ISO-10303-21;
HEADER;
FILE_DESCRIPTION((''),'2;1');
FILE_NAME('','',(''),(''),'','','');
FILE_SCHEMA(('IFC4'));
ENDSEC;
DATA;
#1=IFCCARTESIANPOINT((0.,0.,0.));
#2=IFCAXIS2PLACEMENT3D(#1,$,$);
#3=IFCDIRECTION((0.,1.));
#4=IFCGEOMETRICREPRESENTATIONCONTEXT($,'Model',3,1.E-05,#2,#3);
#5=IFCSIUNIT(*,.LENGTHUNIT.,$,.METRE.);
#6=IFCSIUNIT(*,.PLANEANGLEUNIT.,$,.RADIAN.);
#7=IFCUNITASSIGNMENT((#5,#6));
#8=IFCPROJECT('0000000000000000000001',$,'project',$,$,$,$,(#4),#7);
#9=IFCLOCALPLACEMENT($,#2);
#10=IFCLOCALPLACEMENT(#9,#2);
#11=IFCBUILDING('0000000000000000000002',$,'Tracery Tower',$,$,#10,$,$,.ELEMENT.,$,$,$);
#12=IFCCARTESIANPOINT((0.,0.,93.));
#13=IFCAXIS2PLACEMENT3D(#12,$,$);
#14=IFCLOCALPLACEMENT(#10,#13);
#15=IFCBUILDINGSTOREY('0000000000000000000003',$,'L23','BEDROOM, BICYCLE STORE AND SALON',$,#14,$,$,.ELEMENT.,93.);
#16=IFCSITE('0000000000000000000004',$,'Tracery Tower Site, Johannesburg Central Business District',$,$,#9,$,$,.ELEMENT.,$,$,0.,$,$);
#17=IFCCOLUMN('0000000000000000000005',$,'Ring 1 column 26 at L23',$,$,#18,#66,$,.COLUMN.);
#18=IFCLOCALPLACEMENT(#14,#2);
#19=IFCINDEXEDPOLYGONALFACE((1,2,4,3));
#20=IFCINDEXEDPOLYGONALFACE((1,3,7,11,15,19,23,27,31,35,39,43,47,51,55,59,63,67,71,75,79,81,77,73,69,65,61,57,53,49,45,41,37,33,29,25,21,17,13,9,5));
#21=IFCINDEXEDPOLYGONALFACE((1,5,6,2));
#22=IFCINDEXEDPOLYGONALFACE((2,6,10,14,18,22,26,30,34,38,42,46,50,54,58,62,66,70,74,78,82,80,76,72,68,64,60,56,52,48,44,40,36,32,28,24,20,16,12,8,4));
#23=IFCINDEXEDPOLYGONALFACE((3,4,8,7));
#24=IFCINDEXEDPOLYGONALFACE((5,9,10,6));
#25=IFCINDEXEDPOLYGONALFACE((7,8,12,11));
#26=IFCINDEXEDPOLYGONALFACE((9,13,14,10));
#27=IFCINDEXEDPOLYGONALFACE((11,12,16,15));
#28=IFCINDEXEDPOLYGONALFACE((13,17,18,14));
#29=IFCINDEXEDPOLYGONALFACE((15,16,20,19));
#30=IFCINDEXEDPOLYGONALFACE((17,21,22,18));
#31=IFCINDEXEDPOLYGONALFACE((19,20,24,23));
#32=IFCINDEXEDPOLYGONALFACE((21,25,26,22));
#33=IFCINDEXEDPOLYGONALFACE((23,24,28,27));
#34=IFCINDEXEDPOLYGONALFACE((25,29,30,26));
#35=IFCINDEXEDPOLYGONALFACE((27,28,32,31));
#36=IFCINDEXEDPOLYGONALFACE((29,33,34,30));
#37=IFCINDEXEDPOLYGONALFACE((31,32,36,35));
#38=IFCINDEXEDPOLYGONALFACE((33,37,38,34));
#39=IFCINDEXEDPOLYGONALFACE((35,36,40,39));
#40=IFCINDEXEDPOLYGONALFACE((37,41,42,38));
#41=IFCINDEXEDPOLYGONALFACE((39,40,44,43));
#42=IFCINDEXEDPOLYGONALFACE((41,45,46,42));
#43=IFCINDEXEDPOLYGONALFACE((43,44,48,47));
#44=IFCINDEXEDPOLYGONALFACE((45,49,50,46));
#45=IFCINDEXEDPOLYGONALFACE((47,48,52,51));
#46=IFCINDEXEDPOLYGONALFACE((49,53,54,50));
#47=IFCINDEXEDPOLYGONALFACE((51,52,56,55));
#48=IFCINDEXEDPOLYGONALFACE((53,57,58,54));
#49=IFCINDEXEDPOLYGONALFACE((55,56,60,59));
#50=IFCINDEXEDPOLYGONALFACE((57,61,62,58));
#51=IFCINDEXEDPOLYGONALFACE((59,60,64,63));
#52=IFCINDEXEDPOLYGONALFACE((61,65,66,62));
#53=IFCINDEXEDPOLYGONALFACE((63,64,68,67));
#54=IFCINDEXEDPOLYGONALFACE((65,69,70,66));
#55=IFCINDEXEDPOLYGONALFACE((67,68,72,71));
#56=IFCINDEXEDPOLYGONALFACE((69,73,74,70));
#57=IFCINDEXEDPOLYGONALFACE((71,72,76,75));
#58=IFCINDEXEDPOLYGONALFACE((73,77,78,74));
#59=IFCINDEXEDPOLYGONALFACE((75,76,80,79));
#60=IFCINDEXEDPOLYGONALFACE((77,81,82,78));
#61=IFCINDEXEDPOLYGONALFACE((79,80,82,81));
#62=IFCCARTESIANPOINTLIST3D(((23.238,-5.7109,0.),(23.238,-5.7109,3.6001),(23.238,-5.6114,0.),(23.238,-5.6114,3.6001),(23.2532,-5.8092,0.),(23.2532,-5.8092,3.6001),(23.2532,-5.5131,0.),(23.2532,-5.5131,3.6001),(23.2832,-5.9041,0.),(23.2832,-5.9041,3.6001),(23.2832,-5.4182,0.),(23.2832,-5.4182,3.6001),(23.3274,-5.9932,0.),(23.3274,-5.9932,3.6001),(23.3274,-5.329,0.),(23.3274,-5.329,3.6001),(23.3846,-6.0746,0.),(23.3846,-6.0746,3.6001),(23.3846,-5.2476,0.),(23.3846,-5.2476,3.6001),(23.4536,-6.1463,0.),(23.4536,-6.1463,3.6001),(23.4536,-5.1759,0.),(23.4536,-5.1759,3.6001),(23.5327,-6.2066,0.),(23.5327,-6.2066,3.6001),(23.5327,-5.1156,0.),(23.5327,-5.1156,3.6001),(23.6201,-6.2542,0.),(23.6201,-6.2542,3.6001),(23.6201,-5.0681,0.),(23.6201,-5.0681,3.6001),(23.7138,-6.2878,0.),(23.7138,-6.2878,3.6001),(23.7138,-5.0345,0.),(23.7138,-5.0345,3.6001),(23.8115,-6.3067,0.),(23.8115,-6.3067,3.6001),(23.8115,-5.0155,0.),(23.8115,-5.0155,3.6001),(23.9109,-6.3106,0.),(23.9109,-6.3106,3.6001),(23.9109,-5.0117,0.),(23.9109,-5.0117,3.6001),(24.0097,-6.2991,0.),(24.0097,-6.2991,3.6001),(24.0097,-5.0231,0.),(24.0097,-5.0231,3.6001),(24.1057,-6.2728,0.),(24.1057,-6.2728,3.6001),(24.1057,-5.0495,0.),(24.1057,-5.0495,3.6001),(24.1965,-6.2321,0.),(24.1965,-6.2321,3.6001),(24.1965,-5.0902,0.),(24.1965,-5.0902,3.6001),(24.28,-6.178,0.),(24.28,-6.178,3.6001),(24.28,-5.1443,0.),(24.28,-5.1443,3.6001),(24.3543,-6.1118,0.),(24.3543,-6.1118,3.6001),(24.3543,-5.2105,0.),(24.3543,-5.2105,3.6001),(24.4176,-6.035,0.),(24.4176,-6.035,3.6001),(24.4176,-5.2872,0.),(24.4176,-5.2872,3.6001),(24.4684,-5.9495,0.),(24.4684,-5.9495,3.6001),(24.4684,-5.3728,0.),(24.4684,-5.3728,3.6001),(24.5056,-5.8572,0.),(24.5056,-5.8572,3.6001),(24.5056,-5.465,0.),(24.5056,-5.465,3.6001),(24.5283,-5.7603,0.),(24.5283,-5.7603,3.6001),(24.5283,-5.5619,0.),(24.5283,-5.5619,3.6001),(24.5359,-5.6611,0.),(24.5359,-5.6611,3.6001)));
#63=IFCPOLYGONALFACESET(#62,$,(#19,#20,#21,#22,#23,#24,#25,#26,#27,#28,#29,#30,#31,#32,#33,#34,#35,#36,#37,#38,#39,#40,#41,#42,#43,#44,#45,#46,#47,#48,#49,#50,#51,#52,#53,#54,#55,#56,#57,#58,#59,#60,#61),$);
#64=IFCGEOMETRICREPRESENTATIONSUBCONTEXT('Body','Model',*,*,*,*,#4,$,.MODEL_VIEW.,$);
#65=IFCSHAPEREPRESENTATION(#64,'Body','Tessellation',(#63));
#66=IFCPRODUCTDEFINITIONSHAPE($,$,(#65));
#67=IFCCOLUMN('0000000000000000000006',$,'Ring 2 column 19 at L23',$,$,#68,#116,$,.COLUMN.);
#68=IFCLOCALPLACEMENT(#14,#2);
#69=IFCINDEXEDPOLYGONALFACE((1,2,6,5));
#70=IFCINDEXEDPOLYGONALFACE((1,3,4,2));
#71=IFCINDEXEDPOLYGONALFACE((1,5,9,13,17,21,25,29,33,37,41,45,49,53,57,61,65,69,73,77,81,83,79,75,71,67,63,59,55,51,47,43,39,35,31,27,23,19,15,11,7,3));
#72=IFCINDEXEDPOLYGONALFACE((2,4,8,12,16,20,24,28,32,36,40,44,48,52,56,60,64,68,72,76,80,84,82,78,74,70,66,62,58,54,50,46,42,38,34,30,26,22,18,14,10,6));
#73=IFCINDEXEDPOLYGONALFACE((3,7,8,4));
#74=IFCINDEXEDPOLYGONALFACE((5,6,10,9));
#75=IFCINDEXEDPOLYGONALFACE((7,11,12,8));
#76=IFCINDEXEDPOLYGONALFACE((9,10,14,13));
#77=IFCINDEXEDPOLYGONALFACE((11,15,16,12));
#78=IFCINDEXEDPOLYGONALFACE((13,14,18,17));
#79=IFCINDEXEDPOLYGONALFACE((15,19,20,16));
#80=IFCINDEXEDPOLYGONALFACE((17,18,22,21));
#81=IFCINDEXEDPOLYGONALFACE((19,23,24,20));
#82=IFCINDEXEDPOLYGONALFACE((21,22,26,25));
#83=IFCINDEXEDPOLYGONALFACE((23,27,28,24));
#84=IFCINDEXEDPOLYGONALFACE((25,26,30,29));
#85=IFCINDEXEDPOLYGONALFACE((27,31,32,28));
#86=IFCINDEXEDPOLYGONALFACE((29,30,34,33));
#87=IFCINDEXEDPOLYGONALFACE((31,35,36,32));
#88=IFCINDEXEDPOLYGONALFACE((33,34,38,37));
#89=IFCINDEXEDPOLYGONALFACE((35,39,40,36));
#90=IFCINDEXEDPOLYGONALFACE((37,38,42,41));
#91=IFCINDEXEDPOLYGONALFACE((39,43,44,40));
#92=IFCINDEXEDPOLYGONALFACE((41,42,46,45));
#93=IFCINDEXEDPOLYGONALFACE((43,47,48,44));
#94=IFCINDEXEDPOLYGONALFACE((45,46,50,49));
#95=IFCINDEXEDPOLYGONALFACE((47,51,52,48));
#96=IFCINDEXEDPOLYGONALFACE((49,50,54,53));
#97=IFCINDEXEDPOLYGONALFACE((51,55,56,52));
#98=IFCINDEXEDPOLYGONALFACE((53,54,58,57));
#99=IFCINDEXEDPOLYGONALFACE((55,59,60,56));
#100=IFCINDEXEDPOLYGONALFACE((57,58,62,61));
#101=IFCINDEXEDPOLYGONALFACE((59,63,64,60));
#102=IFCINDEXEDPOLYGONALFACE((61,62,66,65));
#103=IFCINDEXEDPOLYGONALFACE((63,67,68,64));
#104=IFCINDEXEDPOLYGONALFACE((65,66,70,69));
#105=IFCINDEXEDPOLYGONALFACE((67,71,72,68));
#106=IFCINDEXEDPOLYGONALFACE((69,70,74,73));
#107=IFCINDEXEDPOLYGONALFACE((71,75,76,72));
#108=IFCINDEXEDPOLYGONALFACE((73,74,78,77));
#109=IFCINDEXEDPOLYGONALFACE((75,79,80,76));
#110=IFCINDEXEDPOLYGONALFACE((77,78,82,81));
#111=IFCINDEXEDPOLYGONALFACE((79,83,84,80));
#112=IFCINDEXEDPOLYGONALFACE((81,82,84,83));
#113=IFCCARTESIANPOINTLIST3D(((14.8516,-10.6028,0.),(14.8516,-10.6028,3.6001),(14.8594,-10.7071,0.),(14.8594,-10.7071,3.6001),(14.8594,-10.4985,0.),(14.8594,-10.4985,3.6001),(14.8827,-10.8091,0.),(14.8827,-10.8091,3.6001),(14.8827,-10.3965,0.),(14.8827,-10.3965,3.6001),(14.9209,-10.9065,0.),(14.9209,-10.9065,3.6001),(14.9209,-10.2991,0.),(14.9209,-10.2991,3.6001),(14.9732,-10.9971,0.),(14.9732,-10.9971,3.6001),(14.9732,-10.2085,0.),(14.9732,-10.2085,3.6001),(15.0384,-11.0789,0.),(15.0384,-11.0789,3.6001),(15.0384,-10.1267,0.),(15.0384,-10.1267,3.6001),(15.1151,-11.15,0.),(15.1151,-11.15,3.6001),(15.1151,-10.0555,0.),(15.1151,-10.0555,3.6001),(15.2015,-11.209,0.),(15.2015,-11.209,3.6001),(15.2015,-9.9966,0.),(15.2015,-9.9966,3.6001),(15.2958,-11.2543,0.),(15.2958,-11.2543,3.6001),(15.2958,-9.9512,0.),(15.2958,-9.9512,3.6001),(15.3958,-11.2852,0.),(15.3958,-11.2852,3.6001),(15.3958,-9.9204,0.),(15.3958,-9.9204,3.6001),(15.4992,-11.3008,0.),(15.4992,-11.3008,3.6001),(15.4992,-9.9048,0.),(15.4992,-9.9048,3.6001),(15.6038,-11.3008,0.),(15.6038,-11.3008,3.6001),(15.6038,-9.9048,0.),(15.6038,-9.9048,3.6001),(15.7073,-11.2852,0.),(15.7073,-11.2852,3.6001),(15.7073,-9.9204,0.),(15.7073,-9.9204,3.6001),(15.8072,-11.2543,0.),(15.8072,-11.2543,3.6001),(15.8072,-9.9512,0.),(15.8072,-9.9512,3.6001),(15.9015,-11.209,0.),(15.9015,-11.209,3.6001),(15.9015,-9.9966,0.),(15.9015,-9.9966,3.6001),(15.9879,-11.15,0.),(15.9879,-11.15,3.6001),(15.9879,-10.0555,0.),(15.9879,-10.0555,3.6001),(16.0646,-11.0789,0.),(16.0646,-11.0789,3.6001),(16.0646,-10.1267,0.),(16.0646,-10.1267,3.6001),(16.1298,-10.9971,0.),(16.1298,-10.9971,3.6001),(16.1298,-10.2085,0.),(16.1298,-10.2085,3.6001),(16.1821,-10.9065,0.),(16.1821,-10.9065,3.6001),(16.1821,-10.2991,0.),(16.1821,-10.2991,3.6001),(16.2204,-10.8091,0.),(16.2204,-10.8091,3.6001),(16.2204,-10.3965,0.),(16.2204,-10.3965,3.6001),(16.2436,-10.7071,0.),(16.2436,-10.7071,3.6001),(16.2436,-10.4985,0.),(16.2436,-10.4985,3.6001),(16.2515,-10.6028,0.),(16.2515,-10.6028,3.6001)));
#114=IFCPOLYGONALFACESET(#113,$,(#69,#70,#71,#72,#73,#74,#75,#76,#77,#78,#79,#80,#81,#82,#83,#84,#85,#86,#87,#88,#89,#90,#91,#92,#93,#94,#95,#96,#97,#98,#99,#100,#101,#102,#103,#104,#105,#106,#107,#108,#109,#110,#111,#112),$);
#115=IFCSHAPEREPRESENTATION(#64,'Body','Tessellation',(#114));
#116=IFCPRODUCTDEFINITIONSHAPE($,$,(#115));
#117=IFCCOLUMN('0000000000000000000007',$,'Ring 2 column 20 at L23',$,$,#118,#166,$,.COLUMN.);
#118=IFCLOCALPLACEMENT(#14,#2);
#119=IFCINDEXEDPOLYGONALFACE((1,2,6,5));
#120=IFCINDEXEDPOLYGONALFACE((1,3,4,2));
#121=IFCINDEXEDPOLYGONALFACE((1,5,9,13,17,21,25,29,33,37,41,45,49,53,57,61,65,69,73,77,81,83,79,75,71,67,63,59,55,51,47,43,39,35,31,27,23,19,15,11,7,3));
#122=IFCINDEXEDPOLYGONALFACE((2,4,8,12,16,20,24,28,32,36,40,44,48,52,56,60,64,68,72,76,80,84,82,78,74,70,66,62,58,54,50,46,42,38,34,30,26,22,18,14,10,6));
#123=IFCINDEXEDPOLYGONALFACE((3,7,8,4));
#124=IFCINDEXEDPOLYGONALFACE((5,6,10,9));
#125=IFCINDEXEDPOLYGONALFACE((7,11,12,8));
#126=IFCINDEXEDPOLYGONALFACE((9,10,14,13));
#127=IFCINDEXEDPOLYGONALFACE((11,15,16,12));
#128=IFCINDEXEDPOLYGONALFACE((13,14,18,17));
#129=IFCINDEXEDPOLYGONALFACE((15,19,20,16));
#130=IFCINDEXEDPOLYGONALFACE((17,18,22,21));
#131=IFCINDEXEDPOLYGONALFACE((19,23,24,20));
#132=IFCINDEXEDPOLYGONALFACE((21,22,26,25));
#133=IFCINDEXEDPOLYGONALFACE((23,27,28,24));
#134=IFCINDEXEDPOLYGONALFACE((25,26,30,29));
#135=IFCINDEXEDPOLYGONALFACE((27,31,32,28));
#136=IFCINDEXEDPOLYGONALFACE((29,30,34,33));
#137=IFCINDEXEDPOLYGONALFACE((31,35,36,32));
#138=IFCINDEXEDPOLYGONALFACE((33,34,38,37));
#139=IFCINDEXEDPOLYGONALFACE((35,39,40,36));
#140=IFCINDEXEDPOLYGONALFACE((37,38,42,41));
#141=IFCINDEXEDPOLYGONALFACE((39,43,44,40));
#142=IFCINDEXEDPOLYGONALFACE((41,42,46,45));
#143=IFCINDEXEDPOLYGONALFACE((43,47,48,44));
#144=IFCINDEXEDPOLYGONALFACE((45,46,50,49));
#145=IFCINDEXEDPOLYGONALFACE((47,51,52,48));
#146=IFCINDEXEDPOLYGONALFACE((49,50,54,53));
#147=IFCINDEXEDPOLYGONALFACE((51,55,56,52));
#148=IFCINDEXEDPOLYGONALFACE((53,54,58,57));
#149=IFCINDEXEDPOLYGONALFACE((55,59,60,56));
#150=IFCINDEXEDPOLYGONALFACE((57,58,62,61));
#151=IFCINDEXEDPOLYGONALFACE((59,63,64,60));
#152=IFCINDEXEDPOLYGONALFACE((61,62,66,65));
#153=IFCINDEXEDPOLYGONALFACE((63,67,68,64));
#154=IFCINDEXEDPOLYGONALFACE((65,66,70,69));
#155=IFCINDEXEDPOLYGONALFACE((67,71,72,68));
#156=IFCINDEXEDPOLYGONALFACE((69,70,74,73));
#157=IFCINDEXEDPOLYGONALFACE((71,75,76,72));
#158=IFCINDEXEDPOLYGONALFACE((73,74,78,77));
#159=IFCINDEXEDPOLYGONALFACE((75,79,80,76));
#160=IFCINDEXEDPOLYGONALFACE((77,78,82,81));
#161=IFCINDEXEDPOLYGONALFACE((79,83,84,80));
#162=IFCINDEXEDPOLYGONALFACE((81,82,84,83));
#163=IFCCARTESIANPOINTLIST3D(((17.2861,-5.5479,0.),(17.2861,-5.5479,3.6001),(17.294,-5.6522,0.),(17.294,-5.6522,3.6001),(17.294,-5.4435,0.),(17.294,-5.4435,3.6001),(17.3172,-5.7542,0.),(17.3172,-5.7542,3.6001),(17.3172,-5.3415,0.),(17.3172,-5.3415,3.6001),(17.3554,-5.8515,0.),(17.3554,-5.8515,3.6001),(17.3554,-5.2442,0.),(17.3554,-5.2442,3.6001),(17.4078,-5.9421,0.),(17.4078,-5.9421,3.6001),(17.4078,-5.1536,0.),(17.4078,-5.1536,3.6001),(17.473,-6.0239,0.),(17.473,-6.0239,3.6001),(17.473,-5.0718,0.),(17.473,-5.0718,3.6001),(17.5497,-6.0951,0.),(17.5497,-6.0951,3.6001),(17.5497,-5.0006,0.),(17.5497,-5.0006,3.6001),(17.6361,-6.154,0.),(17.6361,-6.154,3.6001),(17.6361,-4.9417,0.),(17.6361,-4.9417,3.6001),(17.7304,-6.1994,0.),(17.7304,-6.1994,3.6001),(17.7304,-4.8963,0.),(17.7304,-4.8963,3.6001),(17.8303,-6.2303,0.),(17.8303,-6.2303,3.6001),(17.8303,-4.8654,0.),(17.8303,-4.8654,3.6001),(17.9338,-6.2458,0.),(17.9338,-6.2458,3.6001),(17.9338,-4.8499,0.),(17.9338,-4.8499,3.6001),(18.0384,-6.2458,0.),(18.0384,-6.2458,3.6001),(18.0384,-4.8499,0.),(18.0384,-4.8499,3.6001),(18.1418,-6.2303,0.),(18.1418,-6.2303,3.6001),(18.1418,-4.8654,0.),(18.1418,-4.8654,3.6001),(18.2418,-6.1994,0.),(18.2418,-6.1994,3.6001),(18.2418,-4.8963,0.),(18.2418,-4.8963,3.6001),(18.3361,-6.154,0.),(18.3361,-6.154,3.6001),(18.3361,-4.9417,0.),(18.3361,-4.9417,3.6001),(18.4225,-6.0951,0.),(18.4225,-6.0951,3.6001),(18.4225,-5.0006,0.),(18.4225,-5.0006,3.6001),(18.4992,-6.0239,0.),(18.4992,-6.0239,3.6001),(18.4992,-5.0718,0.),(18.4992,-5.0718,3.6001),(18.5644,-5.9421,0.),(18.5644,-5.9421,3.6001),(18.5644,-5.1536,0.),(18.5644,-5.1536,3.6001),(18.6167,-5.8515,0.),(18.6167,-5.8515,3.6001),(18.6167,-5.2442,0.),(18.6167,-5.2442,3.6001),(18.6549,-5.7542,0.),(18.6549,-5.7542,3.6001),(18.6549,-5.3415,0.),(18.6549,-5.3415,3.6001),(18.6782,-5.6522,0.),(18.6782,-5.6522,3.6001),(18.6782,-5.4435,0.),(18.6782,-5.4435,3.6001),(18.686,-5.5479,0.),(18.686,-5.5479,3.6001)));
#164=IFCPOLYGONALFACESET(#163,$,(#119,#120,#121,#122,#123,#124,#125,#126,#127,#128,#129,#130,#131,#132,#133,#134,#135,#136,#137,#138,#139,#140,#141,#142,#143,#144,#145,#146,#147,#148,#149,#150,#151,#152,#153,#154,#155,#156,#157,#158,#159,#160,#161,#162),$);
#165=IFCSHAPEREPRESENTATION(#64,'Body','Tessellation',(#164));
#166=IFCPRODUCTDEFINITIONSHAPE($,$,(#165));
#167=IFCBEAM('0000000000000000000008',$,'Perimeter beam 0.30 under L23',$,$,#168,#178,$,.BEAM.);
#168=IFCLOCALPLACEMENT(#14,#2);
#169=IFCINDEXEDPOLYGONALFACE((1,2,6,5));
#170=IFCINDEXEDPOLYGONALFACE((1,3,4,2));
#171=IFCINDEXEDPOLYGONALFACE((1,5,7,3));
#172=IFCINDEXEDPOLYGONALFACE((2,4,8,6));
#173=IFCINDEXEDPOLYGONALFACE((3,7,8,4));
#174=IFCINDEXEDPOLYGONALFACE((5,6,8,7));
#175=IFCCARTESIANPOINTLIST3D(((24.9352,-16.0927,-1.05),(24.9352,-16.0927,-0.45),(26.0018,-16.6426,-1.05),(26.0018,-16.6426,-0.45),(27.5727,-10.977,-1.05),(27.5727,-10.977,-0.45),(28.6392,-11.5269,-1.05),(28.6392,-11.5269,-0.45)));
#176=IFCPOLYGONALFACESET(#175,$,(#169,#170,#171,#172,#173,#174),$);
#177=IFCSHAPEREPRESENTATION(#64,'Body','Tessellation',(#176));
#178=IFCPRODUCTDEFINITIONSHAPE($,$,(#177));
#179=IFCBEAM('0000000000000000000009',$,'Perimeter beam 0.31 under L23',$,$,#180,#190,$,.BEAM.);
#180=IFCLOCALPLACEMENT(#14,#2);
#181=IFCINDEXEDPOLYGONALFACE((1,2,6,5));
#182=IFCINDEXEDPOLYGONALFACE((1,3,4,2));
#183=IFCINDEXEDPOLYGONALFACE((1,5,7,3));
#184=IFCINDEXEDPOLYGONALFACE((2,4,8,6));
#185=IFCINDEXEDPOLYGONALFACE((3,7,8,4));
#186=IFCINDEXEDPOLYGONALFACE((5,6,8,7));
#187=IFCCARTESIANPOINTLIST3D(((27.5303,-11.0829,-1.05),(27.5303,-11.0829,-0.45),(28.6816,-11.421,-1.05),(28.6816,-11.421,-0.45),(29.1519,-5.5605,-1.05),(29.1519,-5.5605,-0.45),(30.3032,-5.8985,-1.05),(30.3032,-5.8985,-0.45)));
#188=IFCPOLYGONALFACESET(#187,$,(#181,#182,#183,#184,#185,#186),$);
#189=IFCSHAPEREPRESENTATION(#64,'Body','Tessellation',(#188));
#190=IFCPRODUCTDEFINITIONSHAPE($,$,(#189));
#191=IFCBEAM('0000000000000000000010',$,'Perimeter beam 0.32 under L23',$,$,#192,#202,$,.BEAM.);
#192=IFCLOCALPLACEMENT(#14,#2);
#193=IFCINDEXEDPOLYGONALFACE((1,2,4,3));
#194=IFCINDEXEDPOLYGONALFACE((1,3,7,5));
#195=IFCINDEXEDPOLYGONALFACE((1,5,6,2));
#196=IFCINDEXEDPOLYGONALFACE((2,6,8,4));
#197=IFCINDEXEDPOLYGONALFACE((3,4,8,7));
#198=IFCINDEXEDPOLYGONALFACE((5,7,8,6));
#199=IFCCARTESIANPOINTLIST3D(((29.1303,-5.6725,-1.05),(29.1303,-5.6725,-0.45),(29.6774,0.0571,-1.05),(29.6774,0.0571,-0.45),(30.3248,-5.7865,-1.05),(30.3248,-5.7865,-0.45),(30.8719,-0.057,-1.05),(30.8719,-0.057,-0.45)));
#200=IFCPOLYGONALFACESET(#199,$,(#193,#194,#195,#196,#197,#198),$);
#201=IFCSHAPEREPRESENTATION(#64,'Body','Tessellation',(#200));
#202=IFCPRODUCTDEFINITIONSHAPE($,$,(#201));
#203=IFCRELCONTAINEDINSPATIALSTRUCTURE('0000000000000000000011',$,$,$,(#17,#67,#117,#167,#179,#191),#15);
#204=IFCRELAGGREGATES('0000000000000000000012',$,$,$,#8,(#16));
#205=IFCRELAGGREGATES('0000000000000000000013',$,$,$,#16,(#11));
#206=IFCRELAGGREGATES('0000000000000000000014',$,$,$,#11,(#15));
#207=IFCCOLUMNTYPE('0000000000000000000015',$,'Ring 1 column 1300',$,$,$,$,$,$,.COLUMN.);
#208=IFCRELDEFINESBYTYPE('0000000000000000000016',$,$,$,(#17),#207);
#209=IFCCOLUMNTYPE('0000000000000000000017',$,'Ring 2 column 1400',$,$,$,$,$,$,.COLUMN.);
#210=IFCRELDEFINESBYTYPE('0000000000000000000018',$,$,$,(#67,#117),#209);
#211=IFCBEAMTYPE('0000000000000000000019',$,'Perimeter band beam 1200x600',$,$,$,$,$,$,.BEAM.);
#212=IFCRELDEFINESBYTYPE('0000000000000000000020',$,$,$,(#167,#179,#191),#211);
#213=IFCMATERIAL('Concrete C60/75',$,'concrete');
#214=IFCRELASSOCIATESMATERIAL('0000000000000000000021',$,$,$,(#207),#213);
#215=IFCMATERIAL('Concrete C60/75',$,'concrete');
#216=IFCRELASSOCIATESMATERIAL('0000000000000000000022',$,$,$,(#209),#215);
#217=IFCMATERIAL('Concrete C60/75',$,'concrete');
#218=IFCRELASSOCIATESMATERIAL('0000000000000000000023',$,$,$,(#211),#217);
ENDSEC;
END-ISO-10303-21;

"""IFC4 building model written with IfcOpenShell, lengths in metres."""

from ifc_helpers import new_model, si_unit, direction, frame, origin, origin_2d, place, context, subcontext, project, spatial, rectangle, circle, extrude, material, material_profile, profile_set, type_object, element, save


model = new_model("IFC4")

# Units and contexts
model_context = context("Model", 3, precision=1e-05, world=origin(), true_north=direction((0.0, 1.0)))
body_context = subcontext(model_context, "Body", "Model", "MODEL_VIEW")
ifc_project = project(units=[si_unit("LENGTHUNIT", "METRE"), si_unit("PLANEANGLEUNIT", "RADIAN")], contexts=[model_context])

# Site, building, storey
site_placement = place(None, origin())
site = spatial("IfcSite", under=ifc_project, at=site_placement, Name="Tracery Tower Site, Johannesburg Central Business District", CompositionType="ELEMENT", RefElevation=0.0)
building_placement = place(site_placement, origin())
building = spatial("IfcBuilding", under=site, at=building_placement, Name="Tracery Tower", CompositionType="ELEMENT")
storey_placement = place(building_placement, frame((0.0, 0.0, 93.0)))
storey = spatial("IfcBuildingStorey", under=building, at=storey_placement, Name="L23", Description="BEDROOM, BICYCLE STORE AND SALON", CompositionType="ELEMENT", Elevation=93.0)

# Columns
ifc_material_1 = material(Name="Concrete C60/75", Category="concrete")
ifc_material_profile_1 = material_profile(ifc_material_1, circle(Radius=0.6499, at=origin_2d()), Name="RC D1300")
ifc_profile_set_1 = profile_set([ifc_material_profile_1], Name="Concrete C60/75")
column_type_1 = type_object("IfcColumnType", Name="Ring 1 column 1300", PredefinedType="COLUMN", material=ifc_profile_set_1)
for number, where, z_axis, x_axis, name in (
    (1, (23.886, -5.6611, 0.0), (0.0, 0.0, 1.0), (1.0, 0.0, 0.0), "Ring 1 column 26 at L23"),
):
    element("IfcColumn", number, at=place(storey_placement, frame(where, z_axis=z_axis, x_axis=x_axis)), inside=storey, type_object=column_type_1, Name=name, PredefinedType="COLUMN", context=body_context, shape_type="SweptSolid", body=[
        extrude(circle(Radius=0.6499, at=origin_2d()), origin(), (0.0, 0.0, 1.0), 3.6001),
    ])
ifc_material_2 = material(Name="Concrete C60/75", Category="concrete")
ifc_material_profile_2 = material_profile(ifc_material_2, circle(Radius=0.7, at=origin_2d()), Name="RC D1400")
ifc_profile_set_2 = profile_set([ifc_material_profile_2], Name="Concrete C60/75")
column_type_2 = type_object("IfcColumnType", Name="Ring 2 column 1400", PredefinedType="COLUMN", material=ifc_profile_set_2)
for number, where, z_axis, x_axis, name in (
    (2, (15.5515, -10.6028, 0.0), (0.0, 0.0, 1.0), (1.0, 0.0, 0.0), "Ring 2 column 19 at L23"),
    (3, (17.9861, -5.5479, 0.0), (0.0, 0.0, 1.0), (1.0, 0.0, 0.0), "Ring 2 column 20 at L23"),
):
    element("IfcColumn", number, at=place(storey_placement, frame(where, z_axis=z_axis, x_axis=x_axis)), inside=storey, type_object=column_type_2, Name=name, PredefinedType="COLUMN", context=body_context, shape_type="SweptSolid", body=[
        extrude(circle(Radius=0.7, at=origin_2d()), origin(), (0.0, 0.0, 1.0), 3.6001),
    ])

# Beams
ifc_material_3 = material(Name="Concrete C60/75", Category="concrete")
ifc_material_profile_3 = material_profile(ifc_material_3, rectangle(XDim=1.2, YDim=0.6001, at=origin_2d()), Name="RC 1200x600")
ifc_profile_set_3 = profile_set([ifc_material_profile_3], Name="Concrete C60/75")
beam_type = type_object("IfcBeamType", Name="Perimeter band beam 1200x600", PredefinedType="BEAM", material=ifc_profile_set_3)
for number, where, z_axis, x_axis, name in (
    (4, (25.4685, -16.3677, -0.75), (0.458242, 0.888827, 0.0), (-0.888827, 0.458242, 0.0), "Perimeter beam 0.30 under L23"),
    (5, (28.106, -11.252, -0.75), (0.281739, 0.959491, 0.0), (-0.959491, 0.281739, 0.0), "Perimeter beam 0.31 under L23"),
    (6, (29.7275, -5.7295, -0.75), (0.095059, 0.995472, 0.0), (-0.995472, 0.095059, 0.0), "Perimeter beam 0.32 under L23"),
):
    element("IfcBeam", number, at=place(storey_placement, frame(where, z_axis=z_axis, x_axis=x_axis)), inside=storey, type_object=beam_type, Name=name, PredefinedType="BEAM", context=body_context, shape_type="SweptSolid", body=[
        extrude(rectangle(XDim=1.2, YDim=0.6001, at=origin_2d()), origin(), (0.0, 0.0, 1.0), 5.7556),
    ])

save(model, "model.ifc")
